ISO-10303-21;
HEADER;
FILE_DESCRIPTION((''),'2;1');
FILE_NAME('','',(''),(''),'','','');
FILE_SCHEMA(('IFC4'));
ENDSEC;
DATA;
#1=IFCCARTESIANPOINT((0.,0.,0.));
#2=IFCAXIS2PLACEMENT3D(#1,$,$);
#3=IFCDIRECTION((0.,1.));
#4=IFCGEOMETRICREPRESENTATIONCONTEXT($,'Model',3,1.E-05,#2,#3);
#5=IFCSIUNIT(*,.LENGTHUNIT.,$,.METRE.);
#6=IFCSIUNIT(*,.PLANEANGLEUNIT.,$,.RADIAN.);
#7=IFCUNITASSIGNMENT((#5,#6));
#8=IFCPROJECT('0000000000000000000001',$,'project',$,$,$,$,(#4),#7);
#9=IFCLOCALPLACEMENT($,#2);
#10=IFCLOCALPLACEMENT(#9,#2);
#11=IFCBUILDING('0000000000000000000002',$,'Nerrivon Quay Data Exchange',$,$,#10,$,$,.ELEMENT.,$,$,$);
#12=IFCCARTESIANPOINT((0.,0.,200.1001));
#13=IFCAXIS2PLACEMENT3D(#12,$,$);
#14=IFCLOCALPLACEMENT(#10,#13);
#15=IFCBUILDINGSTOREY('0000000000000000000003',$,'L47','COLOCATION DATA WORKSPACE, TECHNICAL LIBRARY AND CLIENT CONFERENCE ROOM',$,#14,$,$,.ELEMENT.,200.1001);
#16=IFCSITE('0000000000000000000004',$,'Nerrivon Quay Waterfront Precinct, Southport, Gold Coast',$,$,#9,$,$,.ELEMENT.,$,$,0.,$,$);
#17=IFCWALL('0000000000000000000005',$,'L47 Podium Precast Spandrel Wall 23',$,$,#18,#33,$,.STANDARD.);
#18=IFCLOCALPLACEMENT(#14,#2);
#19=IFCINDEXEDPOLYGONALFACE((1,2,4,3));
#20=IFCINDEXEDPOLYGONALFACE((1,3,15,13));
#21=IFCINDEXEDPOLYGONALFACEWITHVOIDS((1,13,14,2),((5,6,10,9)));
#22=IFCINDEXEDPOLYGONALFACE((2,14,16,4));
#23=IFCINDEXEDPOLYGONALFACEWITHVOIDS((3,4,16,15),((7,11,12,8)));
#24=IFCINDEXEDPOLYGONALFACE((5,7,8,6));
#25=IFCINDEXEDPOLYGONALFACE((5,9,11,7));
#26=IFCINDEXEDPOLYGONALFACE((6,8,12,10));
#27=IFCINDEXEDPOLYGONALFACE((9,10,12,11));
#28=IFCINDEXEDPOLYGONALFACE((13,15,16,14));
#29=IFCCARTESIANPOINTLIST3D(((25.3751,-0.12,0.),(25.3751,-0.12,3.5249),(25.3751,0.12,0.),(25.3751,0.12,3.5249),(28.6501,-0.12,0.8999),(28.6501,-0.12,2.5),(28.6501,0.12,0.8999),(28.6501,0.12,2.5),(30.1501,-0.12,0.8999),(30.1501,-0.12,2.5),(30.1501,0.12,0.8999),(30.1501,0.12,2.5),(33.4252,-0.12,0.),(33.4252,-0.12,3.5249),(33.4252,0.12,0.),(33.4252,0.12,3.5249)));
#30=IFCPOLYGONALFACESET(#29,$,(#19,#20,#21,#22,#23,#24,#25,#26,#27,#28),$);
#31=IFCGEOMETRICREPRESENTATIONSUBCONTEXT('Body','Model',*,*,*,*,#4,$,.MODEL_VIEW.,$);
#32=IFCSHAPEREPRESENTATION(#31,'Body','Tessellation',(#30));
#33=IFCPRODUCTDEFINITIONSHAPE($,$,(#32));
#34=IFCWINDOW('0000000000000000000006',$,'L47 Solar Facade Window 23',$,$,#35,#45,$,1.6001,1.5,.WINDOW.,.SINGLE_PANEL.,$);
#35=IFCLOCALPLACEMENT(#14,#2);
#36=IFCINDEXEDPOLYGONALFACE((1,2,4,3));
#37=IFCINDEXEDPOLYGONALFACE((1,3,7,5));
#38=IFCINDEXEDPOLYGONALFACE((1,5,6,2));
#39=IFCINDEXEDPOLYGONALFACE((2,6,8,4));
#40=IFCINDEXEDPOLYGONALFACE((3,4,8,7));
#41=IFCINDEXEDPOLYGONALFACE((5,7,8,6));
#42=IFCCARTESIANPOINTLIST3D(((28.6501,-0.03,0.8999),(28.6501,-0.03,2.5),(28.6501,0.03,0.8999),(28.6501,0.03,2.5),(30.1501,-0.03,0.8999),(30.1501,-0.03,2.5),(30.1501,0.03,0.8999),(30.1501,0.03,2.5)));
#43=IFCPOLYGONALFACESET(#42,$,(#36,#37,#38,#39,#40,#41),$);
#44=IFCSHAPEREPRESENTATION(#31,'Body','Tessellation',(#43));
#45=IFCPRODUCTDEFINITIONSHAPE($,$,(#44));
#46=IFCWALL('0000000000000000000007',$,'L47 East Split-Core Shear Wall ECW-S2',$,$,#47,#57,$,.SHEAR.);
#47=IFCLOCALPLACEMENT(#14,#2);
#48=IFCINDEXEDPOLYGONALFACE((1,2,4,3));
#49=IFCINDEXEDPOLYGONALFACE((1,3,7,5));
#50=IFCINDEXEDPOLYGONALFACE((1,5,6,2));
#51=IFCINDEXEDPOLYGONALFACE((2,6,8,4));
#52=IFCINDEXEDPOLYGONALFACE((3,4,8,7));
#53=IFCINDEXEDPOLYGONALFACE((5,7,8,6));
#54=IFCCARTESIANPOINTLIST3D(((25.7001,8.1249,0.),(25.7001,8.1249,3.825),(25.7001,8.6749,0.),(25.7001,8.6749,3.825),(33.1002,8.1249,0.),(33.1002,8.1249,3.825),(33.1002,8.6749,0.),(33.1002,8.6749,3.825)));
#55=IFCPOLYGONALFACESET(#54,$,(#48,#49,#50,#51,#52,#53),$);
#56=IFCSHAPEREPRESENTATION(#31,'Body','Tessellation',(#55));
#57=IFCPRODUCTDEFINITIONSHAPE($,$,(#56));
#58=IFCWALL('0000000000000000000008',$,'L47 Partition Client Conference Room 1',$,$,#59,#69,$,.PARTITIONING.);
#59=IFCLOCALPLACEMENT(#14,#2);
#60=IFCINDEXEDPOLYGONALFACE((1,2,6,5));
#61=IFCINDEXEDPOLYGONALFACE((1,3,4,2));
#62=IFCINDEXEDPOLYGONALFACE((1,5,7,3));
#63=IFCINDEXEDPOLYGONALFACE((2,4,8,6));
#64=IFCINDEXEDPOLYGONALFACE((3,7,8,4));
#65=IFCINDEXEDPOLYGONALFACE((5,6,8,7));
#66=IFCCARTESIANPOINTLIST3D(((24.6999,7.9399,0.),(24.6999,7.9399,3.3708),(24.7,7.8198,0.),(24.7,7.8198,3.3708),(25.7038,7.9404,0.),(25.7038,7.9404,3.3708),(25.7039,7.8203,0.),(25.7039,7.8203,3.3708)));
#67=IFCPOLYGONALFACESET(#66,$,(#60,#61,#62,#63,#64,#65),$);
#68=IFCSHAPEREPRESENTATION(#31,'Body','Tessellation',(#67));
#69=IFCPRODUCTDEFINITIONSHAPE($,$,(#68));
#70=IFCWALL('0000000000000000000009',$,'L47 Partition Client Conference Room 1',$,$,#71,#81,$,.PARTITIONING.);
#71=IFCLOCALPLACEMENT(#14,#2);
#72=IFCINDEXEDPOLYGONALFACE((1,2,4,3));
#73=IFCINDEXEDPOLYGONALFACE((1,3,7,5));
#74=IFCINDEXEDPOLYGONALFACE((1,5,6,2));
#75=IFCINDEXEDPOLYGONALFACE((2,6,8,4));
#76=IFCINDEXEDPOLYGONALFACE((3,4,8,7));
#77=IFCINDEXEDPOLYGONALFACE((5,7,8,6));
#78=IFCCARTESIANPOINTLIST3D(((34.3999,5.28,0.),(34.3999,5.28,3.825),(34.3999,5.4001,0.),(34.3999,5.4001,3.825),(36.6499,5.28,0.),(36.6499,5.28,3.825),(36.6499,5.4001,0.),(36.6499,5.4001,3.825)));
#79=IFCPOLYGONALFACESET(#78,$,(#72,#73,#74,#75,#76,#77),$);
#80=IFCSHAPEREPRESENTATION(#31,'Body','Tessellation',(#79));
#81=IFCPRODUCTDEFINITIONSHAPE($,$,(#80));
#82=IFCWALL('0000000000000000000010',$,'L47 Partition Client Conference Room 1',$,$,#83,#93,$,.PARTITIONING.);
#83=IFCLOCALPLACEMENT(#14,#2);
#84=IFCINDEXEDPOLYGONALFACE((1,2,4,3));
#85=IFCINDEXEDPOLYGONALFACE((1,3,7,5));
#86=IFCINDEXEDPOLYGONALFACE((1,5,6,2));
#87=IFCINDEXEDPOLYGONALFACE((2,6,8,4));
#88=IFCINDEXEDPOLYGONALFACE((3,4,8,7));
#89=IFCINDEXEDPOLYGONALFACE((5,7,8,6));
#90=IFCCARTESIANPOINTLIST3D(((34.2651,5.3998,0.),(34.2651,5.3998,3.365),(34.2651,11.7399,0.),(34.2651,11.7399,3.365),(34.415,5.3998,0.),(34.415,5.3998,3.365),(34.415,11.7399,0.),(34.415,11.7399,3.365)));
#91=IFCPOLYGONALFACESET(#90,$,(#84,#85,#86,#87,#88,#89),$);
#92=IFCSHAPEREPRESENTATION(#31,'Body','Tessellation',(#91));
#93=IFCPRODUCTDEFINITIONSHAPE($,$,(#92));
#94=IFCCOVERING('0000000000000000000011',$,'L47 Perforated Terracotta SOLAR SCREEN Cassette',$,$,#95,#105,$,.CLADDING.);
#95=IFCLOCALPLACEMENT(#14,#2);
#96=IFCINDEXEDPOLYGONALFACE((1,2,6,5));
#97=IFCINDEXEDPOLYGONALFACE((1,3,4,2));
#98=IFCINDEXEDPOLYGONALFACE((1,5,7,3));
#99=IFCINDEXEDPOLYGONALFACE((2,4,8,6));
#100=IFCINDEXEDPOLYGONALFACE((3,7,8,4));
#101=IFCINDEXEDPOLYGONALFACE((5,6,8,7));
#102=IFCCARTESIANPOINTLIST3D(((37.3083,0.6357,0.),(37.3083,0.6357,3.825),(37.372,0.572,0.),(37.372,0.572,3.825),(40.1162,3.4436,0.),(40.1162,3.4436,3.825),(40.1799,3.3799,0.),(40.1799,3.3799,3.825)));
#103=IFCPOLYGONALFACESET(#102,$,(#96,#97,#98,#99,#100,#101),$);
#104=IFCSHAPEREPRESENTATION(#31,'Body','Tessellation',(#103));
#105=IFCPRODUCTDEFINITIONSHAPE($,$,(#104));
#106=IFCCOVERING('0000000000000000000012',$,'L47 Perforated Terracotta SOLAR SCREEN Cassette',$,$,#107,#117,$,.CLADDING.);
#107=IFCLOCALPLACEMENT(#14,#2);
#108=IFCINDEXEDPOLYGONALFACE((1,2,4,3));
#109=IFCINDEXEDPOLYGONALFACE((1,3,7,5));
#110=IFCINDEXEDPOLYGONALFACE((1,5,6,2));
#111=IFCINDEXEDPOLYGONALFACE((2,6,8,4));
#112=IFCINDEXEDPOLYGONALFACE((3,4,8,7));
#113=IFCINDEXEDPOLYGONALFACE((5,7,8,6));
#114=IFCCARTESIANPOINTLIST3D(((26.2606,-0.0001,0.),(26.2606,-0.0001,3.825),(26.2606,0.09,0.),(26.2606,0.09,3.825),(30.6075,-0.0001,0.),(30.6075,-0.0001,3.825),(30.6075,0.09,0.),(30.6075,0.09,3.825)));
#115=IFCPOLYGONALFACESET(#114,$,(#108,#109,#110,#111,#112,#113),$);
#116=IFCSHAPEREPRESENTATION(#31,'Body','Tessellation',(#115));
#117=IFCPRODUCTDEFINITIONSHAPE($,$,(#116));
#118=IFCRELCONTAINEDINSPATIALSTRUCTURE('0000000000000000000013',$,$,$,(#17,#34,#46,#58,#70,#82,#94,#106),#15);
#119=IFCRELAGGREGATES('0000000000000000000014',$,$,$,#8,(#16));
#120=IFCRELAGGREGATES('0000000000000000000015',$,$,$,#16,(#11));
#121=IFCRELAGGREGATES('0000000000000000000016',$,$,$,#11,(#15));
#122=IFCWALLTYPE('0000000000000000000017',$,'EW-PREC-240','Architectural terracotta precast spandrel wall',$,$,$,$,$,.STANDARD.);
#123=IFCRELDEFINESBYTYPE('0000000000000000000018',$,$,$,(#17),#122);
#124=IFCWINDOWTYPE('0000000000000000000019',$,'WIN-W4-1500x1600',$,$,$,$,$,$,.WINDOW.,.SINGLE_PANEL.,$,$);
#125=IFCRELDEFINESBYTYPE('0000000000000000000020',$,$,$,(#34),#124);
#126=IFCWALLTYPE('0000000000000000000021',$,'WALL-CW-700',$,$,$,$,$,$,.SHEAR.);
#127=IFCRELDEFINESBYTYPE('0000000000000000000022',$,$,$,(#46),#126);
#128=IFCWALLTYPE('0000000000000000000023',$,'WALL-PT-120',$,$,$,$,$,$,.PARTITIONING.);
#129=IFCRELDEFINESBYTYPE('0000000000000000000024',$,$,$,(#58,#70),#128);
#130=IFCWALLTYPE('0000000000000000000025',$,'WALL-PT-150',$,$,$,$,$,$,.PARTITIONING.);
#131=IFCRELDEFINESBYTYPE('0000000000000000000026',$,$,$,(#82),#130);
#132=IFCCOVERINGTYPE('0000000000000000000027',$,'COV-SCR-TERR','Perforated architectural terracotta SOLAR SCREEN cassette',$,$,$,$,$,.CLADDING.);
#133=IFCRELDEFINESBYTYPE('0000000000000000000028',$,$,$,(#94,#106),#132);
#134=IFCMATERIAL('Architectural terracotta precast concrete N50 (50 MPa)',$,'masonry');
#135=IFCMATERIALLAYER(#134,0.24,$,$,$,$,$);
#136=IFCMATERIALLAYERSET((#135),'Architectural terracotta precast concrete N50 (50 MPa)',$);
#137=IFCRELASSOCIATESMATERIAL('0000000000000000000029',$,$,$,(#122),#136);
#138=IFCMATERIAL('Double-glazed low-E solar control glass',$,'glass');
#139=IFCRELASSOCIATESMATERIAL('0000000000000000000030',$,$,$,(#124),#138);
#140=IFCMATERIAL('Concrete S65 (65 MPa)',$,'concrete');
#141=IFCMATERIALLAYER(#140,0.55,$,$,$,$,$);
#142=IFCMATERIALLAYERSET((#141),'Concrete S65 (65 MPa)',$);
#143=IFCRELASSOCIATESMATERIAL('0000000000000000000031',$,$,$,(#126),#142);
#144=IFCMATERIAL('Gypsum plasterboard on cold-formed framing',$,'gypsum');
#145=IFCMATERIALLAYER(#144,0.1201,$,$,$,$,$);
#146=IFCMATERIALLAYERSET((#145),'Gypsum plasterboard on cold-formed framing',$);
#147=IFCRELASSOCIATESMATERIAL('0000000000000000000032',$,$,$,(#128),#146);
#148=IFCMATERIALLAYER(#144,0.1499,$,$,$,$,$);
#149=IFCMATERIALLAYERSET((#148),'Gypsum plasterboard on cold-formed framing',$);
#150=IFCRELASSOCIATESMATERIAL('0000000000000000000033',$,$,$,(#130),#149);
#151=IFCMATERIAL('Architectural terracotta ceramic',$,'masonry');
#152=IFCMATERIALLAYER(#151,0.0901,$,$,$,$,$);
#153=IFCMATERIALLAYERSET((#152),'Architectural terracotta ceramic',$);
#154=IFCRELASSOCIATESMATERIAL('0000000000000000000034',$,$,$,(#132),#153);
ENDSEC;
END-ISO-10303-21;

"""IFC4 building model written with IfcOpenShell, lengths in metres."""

from ifc_helpers import new_model, si_unit, direction, frame, frame_2d, origin, origin_2d, place, context, subcontext, project, spatial, rectangle, extrude, material, layer, layer_set, type_object, element, fill, save


model = new_model("IFC4")

# Units and contexts
model_context = context("Model", 3, precision=1e-05, world=origin(), true_north=direction((0.0, 1.0)))
body_context = subcontext(model_context, "Body", "Model", "MODEL_VIEW")
ifc_project = project(units=[si_unit("LENGTHUNIT", "METRE"), si_unit("PLANEANGLEUNIT", "RADIAN")], contexts=[model_context])

# Site, building, storey
site_placement = place(None, origin())
site = spatial("IfcSite", under=ifc_project, at=site_placement, Name="Nerrivon Quay Waterfront Precinct, Southport, Gold Coast", CompositionType="ELEMENT", RefElevation=0.0)
building_placement = place(site_placement, origin())
building = spatial("IfcBuilding", under=site, at=building_placement, Name="Nerrivon Quay Data Exchange", CompositionType="ELEMENT")
storey_placement = place(building_placement, frame((0.0, 0.0, 200.1001)))
storey = spatial("IfcBuildingStorey", under=building, at=storey_placement, Name="L47", Description="COLOCATION DATA WORKSPACE, TECHNICAL LIBRARY AND CLIENT CONFERENCE ROOM", CompositionType="ELEMENT", Elevation=200.1001)

# Shared definitions
ifc_material_1 = material(Name="Double-glazed low-E solar control glass", Category="glass")

# Wall, opening, window
ifc_material_2 = material(Name="Architectural terracotta precast concrete N50 (50 MPa)", Category="masonry")
ifc_layer_1 = layer(ifc_material_2, 0.24)
ifc_layer_set_1 = layer_set([ifc_layer_1], Name="Architectural terracotta precast concrete N50 (50 MPa)")
wall_type_1 = type_object("IfcWallType", Name="EW-PREC-240", Description="Architectural terracotta precast spandrel wall", PredefinedType="STANDARD", material=ifc_layer_set_1)
wall_1_placement = place(storey_placement, frame((33.425, 0.0, 0.0), z_axis=(0.0, 0.0, 1.0), x_axis=(-1.0, 0.0, 0.0)))
wall_1 = element("IfcWall", 1, at=wall_1_placement, inside=storey, type_object=wall_type_1, Name="L47 Podium Precast Spandrel Wall 23", PredefinedType="STANDARD", context=body_context, shape_type="SweptSolid", body=[
    extrude(rectangle(XDim=8.05, YDim=0.24, at=frame_2d((4.0249, 0.0))), origin(), (0.0, 0.0, 1.0), 3.5249),
])
opening_placement = place(wall_1_placement, frame((3.2749, 0.0, 0.8999)))
opening = element("IfcOpeningElement", 2, at=opening_placement, cuts=wall_1, PredefinedType="OPENING", context=body_context, shape_type="SweptSolid", body=[
    extrude(rectangle(XDim=1.5, YDim=1.6001, at=frame_2d((0.75, 0.8))), frame((0.0, 0.1299, 0.0), z_axis=(0.0, -1.0, 0.0), x_axis=(1.0, 0.0, 0.0)), (0.0, 0.0, 1.0), 0.26),
])
window_type = type_object("IfcWindowType", Name="WIN-W4-1500x1600", PartitioningType="SINGLE_PANEL", PredefinedType="WINDOW", material=ifc_material_1)
window_placement = place(opening_placement, origin())
window = element("IfcWindow", 3, at=window_placement, inside=storey, type_object=window_type, Name="L47 Solar Facade Window 23", OverallHeight=1.6001, OverallWidth=1.5, PartitioningType="SINGLE_PANEL", PredefinedType="WINDOW", context=body_context, shape_type="SweptSolid", body=[
    extrude(rectangle(XDim=1.5, YDim=1.6001, at=frame_2d((0.75, 0.8))), frame((0.0, 0.03, 0.0), z_axis=(0.0, -1.0, 0.0), x_axis=(1.0, 0.0, 0.0)), (0.0, 0.0, 1.0), 0.0601),
])
fill(opening, window)

# Walls
ifc_material_3 = material(Name="Concrete S65 (65 MPa)", Category="concrete")
ifc_layer_2 = layer(ifc_material_3, 0.55)
ifc_layer_set_2 = layer_set([ifc_layer_2], Name="Concrete S65 (65 MPa)")
wall_type_2 = type_object("IfcWallType", Name="WALL-CW-700", PredefinedType="SHEAR", material=ifc_layer_set_2)
wall_2_placement = place(storey_placement, frame((25.7, 8.3999, 0.0), z_axis=(0.0, 0.0, 1.0), x_axis=(1.0, 0.0, 0.0)))
element("IfcWall", 4, at=wall_2_placement, inside=storey, type_object=wall_type_2, Name="L47 East Split-Core Shear Wall ECW-S2", PredefinedType="SHEAR", context=body_context, shape_type="SweptSolid", body=[
    extrude(rectangle(XDim=7.4001, YDim=0.55, at=frame_2d((3.7002, 0.0))), origin(), (0.0, 0.0, 1.0), 3.825),
])
ifc_material_4 = material(Name="Gypsum plasterboard on cold-formed framing", Category="gypsum")
ifc_layer_3 = layer(ifc_material_4, 0.1201)
ifc_layer_set_3 = layer_set([ifc_layer_3], Name="Gypsum plasterboard on cold-formed framing")
wall_type_3 = type_object("IfcWallType", Name="WALL-PT-120", PredefinedType="PARTITIONING", material=ifc_layer_set_3)
wall_3_placement = place(storey_placement, frame((25.7039, 7.8804, 0.0), z_axis=(0.0, 0.0, 1.0), x_axis=(-1.0, -0.000486, 0.0)))
element("IfcWall", 5, at=wall_3_placement, inside=storey, type_object=wall_type_3, Name="L47 Partition Client Conference Room 1", PredefinedType="PARTITIONING", context=body_context, shape_type="SweptSolid", body=[
    extrude(rectangle(XDim=1.0039, YDim=0.1201, at=frame_2d((0.502, 0.0))), origin(), (0.0, 0.0, 1.0), 3.3708),
])
wall_4_placement = place(storey_placement, frame((36.6499, 5.3401, 0.0), z_axis=(0.0, 0.0, 1.0), x_axis=(-1.0, 0.0, 0.0)))
element("IfcWall", 6, at=wall_4_placement, inside=storey, type_object=wall_type_3, Name="L47 Partition Client Conference Room 1", PredefinedType="PARTITIONING", context=body_context, shape_type="SweptSolid", body=[
    extrude(rectangle(XDim=2.25, YDim=0.1201, at=frame_2d((1.125, 0.0))), origin(), (0.0, 0.0, 1.0), 3.825),
])
ifc_layer_4 = layer(ifc_material_4, 0.1499)
ifc_layer_set_4 = layer_set([ifc_layer_4], Name="Gypsum plasterboard on cold-formed framing")
wall_type_4 = type_object("IfcWallType", Name="WALL-PT-150", PredefinedType="PARTITIONING", material=ifc_layer_set_4)
wall_5_placement = place(storey_placement, frame((34.3401, 5.3999, 0.0), z_axis=(0.0, 0.0, 1.0), x_axis=(0.0, 1.0, 0.0)))
element("IfcWall", 7, at=wall_5_placement, inside=storey, type_object=wall_type_4, Name="L47 Partition Client Conference Room 1", PredefinedType="PARTITIONING", context=body_context, shape_type="SweptSolid", body=[
    extrude(rectangle(XDim=6.3401, YDim=0.1499, at=frame_2d((3.1699, 0.0))), origin(), (0.0, 0.0, 1.0), 3.365),
])

# Coverings
ifc_material_5 = material(Name="Architectural terracotta ceramic", Category="masonry")
ifc_layer_5 = layer(ifc_material_5, 0.0901)
ifc_layer_set_5 = layer_set([ifc_layer_5], Name="Architectural terracotta ceramic")
covering_type = type_object("IfcCoveringType", Name="COV-SCR-TERR", Description="Perforated architectural terracotta SOLAR SCREEN cassette", PredefinedType="CLADDING", material=ifc_layer_set_5)
covering_1_placement = place(storey_placement, frame((38.7441, 2.0078, 0.0), z_axis=(0.0, 0.0, 1.0), x_axis=(-0.707107, -0.707107, 0.0)))
element("IfcCovering", 8, at=covering_1_placement, inside=storey, type_object=covering_type, Name="L47 Perforated Terracotta SOLAR SCREEN Cassette", PredefinedType="CLADDING", context=body_context, shape_type="SweptSolid", body=[
    extrude(rectangle(XDim=3.9709, YDim=0.0901, at=origin_2d()), origin(), (0.0, 0.0, 1.0), 3.825),
])
covering_2_placement = place(storey_placement, frame((28.4341, 0.0449, 0.0), z_axis=(0.0, 0.0, 1.0), x_axis=(-1.0, 0.0, 0.0)))
element("IfcCovering", 9, at=covering_2_placement, inside=storey, type_object=covering_type, Name="L47 Perforated Terracotta SOLAR SCREEN Cassette", PredefinedType="CLADDING", context=body_context, shape_type="SweptSolid", body=[
    extrude(rectangle(XDim=4.3469, YDim=0.0901, at=origin_2d()), origin(), (0.0, 0.0, 1.0), 3.825),
])

save(model, "model.ifc")
